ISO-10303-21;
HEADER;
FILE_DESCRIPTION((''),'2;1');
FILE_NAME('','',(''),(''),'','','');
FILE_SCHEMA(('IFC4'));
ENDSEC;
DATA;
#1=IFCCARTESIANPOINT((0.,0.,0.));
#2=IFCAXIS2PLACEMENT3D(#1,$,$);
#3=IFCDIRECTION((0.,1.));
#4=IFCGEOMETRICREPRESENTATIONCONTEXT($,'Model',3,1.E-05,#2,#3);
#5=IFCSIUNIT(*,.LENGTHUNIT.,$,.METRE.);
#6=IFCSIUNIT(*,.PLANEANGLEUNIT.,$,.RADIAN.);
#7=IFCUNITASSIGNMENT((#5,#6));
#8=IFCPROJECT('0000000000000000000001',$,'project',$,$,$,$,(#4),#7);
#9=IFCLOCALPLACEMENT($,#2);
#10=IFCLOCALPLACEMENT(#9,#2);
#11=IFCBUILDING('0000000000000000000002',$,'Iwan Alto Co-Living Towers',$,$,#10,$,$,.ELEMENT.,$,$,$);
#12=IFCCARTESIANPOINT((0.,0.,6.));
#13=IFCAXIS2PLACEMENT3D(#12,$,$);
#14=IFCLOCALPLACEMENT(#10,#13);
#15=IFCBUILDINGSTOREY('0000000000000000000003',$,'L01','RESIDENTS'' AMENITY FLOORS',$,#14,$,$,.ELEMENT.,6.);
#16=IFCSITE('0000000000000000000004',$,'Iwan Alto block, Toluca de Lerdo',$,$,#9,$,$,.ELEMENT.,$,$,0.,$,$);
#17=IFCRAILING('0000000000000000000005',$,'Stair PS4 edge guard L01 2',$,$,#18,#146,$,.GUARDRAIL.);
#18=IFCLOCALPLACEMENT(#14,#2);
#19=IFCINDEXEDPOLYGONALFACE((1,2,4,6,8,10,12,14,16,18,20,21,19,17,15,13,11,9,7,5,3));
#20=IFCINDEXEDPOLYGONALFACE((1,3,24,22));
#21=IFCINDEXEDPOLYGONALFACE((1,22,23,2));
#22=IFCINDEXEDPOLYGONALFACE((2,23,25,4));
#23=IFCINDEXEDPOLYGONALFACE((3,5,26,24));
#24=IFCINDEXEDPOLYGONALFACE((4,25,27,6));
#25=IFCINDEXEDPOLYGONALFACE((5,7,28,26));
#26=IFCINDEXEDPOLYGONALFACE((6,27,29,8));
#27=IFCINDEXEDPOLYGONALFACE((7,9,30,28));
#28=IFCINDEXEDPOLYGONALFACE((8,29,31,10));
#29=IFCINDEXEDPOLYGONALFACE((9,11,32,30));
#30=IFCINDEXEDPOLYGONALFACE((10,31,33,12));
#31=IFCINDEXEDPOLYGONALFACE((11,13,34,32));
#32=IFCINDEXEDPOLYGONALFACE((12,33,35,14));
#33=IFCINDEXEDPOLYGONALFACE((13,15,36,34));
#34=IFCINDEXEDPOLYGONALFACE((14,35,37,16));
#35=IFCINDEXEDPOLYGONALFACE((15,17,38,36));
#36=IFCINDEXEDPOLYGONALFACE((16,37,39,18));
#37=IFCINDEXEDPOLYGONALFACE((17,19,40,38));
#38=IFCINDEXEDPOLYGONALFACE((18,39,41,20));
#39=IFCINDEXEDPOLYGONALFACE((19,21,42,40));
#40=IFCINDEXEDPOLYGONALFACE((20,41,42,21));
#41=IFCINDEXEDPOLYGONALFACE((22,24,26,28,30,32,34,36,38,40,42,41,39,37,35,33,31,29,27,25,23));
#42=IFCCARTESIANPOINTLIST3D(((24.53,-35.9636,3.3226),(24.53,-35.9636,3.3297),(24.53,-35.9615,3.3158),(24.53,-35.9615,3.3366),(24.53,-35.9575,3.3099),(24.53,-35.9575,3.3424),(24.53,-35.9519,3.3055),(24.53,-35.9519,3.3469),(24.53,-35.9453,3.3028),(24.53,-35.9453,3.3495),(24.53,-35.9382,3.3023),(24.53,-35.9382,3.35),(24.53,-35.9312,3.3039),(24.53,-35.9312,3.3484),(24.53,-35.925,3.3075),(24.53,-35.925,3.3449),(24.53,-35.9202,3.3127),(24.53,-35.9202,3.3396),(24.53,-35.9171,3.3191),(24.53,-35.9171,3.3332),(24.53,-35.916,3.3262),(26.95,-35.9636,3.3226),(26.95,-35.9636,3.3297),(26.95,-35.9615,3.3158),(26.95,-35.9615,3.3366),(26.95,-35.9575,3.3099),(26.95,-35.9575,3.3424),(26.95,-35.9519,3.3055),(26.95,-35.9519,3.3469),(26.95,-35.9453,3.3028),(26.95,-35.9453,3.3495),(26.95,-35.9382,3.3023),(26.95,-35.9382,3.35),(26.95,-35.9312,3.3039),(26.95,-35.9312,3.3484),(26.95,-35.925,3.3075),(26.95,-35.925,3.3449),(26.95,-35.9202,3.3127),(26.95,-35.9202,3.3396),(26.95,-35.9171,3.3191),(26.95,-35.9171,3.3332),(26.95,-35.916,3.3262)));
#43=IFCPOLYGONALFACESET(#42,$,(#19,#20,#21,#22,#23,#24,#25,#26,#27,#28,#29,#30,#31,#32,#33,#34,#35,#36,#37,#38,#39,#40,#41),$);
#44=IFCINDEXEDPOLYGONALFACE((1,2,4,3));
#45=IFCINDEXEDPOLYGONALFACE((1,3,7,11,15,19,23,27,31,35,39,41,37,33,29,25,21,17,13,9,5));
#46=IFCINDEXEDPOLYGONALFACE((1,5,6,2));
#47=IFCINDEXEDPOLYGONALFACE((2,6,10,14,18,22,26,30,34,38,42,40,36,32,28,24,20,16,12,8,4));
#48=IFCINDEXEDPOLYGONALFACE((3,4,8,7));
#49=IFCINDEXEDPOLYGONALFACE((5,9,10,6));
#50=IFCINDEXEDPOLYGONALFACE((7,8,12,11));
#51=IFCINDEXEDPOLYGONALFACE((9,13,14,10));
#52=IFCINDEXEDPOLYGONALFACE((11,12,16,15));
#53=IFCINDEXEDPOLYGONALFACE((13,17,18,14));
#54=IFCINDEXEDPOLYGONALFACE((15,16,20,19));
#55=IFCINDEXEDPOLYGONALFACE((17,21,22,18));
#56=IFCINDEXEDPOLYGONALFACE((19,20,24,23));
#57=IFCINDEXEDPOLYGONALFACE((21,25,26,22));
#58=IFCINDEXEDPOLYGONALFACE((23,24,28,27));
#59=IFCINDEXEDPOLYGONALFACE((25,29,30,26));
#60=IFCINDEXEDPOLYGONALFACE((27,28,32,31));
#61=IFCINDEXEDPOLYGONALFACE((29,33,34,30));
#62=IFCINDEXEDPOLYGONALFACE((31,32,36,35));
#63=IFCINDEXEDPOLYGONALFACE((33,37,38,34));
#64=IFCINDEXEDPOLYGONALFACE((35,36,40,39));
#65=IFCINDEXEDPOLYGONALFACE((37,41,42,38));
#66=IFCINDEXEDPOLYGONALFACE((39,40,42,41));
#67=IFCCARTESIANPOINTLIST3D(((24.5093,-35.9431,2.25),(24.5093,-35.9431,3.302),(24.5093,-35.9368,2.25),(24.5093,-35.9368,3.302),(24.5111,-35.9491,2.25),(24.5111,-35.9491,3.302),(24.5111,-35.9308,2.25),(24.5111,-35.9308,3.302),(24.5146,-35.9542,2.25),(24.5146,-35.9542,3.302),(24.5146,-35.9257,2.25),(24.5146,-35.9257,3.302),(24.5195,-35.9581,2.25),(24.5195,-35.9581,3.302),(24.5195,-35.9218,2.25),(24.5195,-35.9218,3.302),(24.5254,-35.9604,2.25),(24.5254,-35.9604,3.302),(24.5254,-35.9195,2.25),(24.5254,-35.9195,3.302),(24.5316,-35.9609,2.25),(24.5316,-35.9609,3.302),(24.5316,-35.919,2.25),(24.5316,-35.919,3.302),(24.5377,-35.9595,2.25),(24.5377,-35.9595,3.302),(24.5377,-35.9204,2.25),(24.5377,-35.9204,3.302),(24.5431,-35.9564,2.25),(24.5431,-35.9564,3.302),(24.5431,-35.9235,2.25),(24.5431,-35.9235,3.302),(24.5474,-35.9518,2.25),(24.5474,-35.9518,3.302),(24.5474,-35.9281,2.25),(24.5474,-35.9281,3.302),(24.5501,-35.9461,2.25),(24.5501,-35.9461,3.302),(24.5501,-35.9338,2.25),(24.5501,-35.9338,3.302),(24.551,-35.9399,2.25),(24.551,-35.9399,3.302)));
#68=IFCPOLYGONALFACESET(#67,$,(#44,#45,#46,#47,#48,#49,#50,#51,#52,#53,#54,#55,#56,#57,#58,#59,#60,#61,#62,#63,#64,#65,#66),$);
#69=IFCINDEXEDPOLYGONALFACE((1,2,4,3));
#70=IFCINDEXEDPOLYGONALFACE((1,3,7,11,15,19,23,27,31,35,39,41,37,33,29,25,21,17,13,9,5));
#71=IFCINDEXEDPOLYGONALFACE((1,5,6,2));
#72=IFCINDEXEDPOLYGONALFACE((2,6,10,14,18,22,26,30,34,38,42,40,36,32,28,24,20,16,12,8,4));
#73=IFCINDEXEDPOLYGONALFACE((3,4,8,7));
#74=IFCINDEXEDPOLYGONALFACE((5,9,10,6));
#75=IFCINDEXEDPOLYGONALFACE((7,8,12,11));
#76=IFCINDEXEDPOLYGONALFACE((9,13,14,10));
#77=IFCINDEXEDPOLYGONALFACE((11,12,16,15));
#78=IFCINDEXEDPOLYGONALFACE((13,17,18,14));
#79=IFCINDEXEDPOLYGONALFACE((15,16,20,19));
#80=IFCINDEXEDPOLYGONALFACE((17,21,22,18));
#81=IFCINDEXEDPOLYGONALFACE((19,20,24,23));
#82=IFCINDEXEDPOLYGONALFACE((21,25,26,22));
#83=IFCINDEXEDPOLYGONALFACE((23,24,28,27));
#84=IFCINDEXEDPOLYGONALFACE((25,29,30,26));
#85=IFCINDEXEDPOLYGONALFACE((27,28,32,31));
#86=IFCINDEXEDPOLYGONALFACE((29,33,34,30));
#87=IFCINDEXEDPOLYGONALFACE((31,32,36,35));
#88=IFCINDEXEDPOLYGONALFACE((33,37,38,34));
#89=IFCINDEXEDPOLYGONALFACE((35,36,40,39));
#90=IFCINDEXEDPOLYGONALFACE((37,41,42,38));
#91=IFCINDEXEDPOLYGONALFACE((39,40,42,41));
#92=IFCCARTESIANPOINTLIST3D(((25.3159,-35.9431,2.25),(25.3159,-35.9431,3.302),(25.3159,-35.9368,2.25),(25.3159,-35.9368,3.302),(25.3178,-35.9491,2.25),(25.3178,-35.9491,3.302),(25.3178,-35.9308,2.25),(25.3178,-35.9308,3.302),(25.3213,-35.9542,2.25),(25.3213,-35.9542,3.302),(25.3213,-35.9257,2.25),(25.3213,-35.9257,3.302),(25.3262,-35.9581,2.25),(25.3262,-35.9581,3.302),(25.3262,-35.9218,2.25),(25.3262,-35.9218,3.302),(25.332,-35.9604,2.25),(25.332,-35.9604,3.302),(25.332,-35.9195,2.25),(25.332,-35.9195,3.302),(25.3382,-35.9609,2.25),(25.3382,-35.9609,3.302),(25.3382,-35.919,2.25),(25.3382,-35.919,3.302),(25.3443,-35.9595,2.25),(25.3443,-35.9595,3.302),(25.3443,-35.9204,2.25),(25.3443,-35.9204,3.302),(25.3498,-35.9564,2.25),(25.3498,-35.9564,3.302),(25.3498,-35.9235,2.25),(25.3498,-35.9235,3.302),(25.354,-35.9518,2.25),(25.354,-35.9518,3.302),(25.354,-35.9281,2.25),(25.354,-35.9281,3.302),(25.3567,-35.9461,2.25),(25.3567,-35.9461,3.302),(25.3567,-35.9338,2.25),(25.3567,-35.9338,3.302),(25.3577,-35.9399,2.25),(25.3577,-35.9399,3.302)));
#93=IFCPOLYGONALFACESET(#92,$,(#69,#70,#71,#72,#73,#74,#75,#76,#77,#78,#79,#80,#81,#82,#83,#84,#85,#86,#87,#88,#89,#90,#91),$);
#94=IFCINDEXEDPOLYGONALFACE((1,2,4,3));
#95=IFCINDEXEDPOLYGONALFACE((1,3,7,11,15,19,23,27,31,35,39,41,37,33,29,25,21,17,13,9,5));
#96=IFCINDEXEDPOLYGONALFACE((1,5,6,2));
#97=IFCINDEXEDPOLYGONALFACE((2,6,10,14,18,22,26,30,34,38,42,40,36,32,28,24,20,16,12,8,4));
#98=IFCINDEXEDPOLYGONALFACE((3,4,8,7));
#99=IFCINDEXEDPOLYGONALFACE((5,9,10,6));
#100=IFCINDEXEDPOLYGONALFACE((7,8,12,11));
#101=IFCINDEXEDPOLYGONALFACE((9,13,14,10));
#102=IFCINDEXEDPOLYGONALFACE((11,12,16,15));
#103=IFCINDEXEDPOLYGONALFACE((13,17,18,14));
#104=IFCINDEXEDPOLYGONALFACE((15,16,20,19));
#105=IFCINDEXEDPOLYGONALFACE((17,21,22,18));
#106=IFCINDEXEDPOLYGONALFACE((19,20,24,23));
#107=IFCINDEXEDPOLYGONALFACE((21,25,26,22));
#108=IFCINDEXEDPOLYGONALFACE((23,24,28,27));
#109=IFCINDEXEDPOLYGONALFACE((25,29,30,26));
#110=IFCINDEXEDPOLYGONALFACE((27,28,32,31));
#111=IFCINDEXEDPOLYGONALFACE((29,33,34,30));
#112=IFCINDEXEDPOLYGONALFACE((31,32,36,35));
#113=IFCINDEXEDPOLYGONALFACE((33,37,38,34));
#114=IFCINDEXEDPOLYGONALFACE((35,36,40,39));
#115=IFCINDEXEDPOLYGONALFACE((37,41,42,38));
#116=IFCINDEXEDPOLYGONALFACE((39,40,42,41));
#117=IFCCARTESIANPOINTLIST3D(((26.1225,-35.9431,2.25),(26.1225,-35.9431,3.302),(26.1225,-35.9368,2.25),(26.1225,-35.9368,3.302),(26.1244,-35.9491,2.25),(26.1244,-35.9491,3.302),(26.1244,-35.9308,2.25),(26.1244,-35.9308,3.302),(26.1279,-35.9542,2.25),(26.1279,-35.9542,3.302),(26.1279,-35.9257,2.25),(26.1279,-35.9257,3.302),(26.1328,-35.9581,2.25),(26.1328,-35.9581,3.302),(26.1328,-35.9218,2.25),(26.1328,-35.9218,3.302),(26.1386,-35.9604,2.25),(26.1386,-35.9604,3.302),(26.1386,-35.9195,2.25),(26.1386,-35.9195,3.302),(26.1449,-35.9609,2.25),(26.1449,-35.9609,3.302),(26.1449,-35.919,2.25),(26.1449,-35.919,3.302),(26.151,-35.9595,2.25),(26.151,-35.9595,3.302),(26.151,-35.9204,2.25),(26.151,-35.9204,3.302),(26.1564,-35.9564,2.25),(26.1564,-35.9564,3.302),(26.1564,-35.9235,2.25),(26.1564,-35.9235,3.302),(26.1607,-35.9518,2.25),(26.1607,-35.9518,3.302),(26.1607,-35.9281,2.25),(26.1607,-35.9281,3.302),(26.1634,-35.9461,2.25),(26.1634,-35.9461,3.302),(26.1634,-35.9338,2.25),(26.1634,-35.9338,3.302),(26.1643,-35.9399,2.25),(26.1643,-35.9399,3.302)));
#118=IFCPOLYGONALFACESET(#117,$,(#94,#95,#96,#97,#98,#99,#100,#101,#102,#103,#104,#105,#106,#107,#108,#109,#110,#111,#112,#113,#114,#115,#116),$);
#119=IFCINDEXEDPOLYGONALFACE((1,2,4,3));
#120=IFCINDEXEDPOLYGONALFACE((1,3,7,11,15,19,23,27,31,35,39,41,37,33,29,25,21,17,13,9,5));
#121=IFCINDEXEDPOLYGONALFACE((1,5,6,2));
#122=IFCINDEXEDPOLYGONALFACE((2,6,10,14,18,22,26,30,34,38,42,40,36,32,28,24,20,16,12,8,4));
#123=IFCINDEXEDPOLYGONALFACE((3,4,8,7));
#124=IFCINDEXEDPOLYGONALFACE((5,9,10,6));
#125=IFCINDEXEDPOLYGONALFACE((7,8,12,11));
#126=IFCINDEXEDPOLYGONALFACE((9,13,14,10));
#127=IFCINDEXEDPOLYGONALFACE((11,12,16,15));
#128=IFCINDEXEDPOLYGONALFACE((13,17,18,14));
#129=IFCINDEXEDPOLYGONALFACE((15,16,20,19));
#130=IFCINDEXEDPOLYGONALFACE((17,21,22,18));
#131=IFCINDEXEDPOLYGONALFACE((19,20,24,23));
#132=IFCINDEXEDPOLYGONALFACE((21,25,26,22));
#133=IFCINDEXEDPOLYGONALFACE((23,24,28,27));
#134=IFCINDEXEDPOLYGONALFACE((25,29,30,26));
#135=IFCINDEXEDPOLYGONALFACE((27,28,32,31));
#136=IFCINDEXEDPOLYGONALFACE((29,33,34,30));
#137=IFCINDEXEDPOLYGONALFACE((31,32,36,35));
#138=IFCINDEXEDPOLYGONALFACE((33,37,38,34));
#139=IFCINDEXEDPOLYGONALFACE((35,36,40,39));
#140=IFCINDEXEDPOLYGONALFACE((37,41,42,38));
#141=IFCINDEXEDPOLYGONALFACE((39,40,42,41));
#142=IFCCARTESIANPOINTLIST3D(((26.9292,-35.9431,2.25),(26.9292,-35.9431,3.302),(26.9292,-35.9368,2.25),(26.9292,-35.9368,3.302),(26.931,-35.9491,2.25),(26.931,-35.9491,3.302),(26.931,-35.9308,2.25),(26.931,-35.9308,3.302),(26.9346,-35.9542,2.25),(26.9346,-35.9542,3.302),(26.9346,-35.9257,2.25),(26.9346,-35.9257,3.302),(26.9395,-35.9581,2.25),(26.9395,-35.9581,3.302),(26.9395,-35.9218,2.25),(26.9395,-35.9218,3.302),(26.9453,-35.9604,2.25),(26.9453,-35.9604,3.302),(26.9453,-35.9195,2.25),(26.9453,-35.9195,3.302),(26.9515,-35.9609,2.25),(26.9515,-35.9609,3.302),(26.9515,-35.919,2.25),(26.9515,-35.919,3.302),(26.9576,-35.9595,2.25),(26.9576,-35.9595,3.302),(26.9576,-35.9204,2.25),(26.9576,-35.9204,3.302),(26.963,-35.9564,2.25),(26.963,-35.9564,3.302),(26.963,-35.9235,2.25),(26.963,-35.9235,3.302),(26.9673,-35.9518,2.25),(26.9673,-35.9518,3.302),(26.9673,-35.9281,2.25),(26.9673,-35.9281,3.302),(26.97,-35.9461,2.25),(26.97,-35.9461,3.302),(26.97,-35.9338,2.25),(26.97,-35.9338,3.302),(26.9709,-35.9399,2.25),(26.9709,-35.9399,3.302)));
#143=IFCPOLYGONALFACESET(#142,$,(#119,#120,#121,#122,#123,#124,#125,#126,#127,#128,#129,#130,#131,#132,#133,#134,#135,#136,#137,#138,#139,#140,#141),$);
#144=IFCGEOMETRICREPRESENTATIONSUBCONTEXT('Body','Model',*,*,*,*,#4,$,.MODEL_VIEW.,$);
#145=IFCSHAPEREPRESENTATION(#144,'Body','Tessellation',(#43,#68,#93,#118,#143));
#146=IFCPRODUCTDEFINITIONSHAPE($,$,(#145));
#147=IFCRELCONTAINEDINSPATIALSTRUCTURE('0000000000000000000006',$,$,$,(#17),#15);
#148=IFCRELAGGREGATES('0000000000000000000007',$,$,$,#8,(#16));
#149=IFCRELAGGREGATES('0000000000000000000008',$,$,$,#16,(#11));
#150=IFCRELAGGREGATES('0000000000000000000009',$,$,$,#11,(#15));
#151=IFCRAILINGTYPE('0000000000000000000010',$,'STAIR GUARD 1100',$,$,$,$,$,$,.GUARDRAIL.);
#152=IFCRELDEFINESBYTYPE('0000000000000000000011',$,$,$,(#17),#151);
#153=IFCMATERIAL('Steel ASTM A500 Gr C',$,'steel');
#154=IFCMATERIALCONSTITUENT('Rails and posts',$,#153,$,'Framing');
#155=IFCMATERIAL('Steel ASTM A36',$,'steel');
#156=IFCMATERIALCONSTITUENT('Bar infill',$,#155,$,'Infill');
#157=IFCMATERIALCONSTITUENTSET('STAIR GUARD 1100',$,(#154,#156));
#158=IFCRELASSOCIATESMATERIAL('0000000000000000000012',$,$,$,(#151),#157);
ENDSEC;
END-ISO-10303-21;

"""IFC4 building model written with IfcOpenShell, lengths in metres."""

from ifc_helpers import new_model, si_unit, direction, frame, origin, origin_2d, place, context, subcontext, project, spatial, circle, extrude, material, constituent, constituent_set, type_object, element, save


model = new_model("IFC4")

# Units and contexts
model_context = context("Model", 3, precision=1e-05, world=origin(), true_north=direction((0.0, 1.0)))
body_context = subcontext(model_context, "Body", "Model", "MODEL_VIEW")
ifc_project = project(units=[si_unit("LENGTHUNIT", "METRE"), si_unit("PLANEANGLEUNIT", "RADIAN")], contexts=[model_context])

# Site, building, storey
site_placement = place(None, origin())
site = spatial("IfcSite", under=ifc_project, at=site_placement, Name="Iwan Alto block, Toluca de Lerdo", CompositionType="ELEMENT", RefElevation=0.0)
building_placement = place(site_placement, origin())
building = spatial("IfcBuilding", under=site, at=building_placement, Name="Iwan Alto Co-Living Towers", CompositionType="ELEMENT")
storey_placement = place(building_placement, frame((0.0, 0.0, 6.0)))
storey = spatial("IfcBuildingStorey", under=building, at=storey_placement, Name="L01", Description="RESIDENTS' AMENITY FLOORS", CompositionType="ELEMENT", Elevation=6.0)

# Shared definitions
ifc_material_1 = material(Name="Steel ASTM A36", Category="steel")

# Railing
ifc_material_2 = material(Name="Steel ASTM A500 Gr C", Category="steel")
ifc_constituent_1 = constituent(ifc_material_2, Name="Rails and posts", Category="Framing")
ifc_constituent_2 = constituent(ifc_material_1, Name="Bar infill", Category="Infill")
ifc_constituent_set_1 = constituent_set(constituents=[ifc_constituent_1, ifc_constituent_2], Name="STAIR GUARD 1100")
railing_type_1 = type_object("IfcRailingType", Name="STAIR GUARD 1100", PredefinedType="GUARDRAIL", material=ifc_constituent_set_1)
railing_1_placement = place(storey_placement, frame((24.53, -35.9399, 2.25)))
element("IfcRailing", 1, at=railing_1_placement, inside=storey, type_object=railing_type_1, Name="Stair PS4 edge guard L01 2", PredefinedType="GUARDRAIL", context=body_context, shape_type="SweptSolid", body=[
    extrude(circle(Radius=0.0239, at=origin_2d()), frame((0.0, 0.0, 1.0762), z_axis=(1.0, 0.0, 0.0), x_axis=(0.0, 1.0, 0.0)), (0.0, 0.0, 1.0), 2.4199),
    extrude(circle(Radius=0.021, at=origin_2d()), origin(), (0.0, 0.0, 1.0), 1.052),
    extrude(circle(Radius=0.021, at=origin_2d()), frame((0.8066, 0.0, 0.0)), (0.0, 0.0, 1.0), 1.052),
    extrude(circle(Radius=0.021, at=origin_2d()), frame((1.6133, 0.0, 0.0)), (0.0, 0.0, 1.0), 1.052),
    extrude(circle(Radius=0.021, at=origin_2d()), frame((2.4199, 0.0, 0.0)), (0.0, 0.0, 1.0), 1.052),
])

save(model, "model.ifc")
